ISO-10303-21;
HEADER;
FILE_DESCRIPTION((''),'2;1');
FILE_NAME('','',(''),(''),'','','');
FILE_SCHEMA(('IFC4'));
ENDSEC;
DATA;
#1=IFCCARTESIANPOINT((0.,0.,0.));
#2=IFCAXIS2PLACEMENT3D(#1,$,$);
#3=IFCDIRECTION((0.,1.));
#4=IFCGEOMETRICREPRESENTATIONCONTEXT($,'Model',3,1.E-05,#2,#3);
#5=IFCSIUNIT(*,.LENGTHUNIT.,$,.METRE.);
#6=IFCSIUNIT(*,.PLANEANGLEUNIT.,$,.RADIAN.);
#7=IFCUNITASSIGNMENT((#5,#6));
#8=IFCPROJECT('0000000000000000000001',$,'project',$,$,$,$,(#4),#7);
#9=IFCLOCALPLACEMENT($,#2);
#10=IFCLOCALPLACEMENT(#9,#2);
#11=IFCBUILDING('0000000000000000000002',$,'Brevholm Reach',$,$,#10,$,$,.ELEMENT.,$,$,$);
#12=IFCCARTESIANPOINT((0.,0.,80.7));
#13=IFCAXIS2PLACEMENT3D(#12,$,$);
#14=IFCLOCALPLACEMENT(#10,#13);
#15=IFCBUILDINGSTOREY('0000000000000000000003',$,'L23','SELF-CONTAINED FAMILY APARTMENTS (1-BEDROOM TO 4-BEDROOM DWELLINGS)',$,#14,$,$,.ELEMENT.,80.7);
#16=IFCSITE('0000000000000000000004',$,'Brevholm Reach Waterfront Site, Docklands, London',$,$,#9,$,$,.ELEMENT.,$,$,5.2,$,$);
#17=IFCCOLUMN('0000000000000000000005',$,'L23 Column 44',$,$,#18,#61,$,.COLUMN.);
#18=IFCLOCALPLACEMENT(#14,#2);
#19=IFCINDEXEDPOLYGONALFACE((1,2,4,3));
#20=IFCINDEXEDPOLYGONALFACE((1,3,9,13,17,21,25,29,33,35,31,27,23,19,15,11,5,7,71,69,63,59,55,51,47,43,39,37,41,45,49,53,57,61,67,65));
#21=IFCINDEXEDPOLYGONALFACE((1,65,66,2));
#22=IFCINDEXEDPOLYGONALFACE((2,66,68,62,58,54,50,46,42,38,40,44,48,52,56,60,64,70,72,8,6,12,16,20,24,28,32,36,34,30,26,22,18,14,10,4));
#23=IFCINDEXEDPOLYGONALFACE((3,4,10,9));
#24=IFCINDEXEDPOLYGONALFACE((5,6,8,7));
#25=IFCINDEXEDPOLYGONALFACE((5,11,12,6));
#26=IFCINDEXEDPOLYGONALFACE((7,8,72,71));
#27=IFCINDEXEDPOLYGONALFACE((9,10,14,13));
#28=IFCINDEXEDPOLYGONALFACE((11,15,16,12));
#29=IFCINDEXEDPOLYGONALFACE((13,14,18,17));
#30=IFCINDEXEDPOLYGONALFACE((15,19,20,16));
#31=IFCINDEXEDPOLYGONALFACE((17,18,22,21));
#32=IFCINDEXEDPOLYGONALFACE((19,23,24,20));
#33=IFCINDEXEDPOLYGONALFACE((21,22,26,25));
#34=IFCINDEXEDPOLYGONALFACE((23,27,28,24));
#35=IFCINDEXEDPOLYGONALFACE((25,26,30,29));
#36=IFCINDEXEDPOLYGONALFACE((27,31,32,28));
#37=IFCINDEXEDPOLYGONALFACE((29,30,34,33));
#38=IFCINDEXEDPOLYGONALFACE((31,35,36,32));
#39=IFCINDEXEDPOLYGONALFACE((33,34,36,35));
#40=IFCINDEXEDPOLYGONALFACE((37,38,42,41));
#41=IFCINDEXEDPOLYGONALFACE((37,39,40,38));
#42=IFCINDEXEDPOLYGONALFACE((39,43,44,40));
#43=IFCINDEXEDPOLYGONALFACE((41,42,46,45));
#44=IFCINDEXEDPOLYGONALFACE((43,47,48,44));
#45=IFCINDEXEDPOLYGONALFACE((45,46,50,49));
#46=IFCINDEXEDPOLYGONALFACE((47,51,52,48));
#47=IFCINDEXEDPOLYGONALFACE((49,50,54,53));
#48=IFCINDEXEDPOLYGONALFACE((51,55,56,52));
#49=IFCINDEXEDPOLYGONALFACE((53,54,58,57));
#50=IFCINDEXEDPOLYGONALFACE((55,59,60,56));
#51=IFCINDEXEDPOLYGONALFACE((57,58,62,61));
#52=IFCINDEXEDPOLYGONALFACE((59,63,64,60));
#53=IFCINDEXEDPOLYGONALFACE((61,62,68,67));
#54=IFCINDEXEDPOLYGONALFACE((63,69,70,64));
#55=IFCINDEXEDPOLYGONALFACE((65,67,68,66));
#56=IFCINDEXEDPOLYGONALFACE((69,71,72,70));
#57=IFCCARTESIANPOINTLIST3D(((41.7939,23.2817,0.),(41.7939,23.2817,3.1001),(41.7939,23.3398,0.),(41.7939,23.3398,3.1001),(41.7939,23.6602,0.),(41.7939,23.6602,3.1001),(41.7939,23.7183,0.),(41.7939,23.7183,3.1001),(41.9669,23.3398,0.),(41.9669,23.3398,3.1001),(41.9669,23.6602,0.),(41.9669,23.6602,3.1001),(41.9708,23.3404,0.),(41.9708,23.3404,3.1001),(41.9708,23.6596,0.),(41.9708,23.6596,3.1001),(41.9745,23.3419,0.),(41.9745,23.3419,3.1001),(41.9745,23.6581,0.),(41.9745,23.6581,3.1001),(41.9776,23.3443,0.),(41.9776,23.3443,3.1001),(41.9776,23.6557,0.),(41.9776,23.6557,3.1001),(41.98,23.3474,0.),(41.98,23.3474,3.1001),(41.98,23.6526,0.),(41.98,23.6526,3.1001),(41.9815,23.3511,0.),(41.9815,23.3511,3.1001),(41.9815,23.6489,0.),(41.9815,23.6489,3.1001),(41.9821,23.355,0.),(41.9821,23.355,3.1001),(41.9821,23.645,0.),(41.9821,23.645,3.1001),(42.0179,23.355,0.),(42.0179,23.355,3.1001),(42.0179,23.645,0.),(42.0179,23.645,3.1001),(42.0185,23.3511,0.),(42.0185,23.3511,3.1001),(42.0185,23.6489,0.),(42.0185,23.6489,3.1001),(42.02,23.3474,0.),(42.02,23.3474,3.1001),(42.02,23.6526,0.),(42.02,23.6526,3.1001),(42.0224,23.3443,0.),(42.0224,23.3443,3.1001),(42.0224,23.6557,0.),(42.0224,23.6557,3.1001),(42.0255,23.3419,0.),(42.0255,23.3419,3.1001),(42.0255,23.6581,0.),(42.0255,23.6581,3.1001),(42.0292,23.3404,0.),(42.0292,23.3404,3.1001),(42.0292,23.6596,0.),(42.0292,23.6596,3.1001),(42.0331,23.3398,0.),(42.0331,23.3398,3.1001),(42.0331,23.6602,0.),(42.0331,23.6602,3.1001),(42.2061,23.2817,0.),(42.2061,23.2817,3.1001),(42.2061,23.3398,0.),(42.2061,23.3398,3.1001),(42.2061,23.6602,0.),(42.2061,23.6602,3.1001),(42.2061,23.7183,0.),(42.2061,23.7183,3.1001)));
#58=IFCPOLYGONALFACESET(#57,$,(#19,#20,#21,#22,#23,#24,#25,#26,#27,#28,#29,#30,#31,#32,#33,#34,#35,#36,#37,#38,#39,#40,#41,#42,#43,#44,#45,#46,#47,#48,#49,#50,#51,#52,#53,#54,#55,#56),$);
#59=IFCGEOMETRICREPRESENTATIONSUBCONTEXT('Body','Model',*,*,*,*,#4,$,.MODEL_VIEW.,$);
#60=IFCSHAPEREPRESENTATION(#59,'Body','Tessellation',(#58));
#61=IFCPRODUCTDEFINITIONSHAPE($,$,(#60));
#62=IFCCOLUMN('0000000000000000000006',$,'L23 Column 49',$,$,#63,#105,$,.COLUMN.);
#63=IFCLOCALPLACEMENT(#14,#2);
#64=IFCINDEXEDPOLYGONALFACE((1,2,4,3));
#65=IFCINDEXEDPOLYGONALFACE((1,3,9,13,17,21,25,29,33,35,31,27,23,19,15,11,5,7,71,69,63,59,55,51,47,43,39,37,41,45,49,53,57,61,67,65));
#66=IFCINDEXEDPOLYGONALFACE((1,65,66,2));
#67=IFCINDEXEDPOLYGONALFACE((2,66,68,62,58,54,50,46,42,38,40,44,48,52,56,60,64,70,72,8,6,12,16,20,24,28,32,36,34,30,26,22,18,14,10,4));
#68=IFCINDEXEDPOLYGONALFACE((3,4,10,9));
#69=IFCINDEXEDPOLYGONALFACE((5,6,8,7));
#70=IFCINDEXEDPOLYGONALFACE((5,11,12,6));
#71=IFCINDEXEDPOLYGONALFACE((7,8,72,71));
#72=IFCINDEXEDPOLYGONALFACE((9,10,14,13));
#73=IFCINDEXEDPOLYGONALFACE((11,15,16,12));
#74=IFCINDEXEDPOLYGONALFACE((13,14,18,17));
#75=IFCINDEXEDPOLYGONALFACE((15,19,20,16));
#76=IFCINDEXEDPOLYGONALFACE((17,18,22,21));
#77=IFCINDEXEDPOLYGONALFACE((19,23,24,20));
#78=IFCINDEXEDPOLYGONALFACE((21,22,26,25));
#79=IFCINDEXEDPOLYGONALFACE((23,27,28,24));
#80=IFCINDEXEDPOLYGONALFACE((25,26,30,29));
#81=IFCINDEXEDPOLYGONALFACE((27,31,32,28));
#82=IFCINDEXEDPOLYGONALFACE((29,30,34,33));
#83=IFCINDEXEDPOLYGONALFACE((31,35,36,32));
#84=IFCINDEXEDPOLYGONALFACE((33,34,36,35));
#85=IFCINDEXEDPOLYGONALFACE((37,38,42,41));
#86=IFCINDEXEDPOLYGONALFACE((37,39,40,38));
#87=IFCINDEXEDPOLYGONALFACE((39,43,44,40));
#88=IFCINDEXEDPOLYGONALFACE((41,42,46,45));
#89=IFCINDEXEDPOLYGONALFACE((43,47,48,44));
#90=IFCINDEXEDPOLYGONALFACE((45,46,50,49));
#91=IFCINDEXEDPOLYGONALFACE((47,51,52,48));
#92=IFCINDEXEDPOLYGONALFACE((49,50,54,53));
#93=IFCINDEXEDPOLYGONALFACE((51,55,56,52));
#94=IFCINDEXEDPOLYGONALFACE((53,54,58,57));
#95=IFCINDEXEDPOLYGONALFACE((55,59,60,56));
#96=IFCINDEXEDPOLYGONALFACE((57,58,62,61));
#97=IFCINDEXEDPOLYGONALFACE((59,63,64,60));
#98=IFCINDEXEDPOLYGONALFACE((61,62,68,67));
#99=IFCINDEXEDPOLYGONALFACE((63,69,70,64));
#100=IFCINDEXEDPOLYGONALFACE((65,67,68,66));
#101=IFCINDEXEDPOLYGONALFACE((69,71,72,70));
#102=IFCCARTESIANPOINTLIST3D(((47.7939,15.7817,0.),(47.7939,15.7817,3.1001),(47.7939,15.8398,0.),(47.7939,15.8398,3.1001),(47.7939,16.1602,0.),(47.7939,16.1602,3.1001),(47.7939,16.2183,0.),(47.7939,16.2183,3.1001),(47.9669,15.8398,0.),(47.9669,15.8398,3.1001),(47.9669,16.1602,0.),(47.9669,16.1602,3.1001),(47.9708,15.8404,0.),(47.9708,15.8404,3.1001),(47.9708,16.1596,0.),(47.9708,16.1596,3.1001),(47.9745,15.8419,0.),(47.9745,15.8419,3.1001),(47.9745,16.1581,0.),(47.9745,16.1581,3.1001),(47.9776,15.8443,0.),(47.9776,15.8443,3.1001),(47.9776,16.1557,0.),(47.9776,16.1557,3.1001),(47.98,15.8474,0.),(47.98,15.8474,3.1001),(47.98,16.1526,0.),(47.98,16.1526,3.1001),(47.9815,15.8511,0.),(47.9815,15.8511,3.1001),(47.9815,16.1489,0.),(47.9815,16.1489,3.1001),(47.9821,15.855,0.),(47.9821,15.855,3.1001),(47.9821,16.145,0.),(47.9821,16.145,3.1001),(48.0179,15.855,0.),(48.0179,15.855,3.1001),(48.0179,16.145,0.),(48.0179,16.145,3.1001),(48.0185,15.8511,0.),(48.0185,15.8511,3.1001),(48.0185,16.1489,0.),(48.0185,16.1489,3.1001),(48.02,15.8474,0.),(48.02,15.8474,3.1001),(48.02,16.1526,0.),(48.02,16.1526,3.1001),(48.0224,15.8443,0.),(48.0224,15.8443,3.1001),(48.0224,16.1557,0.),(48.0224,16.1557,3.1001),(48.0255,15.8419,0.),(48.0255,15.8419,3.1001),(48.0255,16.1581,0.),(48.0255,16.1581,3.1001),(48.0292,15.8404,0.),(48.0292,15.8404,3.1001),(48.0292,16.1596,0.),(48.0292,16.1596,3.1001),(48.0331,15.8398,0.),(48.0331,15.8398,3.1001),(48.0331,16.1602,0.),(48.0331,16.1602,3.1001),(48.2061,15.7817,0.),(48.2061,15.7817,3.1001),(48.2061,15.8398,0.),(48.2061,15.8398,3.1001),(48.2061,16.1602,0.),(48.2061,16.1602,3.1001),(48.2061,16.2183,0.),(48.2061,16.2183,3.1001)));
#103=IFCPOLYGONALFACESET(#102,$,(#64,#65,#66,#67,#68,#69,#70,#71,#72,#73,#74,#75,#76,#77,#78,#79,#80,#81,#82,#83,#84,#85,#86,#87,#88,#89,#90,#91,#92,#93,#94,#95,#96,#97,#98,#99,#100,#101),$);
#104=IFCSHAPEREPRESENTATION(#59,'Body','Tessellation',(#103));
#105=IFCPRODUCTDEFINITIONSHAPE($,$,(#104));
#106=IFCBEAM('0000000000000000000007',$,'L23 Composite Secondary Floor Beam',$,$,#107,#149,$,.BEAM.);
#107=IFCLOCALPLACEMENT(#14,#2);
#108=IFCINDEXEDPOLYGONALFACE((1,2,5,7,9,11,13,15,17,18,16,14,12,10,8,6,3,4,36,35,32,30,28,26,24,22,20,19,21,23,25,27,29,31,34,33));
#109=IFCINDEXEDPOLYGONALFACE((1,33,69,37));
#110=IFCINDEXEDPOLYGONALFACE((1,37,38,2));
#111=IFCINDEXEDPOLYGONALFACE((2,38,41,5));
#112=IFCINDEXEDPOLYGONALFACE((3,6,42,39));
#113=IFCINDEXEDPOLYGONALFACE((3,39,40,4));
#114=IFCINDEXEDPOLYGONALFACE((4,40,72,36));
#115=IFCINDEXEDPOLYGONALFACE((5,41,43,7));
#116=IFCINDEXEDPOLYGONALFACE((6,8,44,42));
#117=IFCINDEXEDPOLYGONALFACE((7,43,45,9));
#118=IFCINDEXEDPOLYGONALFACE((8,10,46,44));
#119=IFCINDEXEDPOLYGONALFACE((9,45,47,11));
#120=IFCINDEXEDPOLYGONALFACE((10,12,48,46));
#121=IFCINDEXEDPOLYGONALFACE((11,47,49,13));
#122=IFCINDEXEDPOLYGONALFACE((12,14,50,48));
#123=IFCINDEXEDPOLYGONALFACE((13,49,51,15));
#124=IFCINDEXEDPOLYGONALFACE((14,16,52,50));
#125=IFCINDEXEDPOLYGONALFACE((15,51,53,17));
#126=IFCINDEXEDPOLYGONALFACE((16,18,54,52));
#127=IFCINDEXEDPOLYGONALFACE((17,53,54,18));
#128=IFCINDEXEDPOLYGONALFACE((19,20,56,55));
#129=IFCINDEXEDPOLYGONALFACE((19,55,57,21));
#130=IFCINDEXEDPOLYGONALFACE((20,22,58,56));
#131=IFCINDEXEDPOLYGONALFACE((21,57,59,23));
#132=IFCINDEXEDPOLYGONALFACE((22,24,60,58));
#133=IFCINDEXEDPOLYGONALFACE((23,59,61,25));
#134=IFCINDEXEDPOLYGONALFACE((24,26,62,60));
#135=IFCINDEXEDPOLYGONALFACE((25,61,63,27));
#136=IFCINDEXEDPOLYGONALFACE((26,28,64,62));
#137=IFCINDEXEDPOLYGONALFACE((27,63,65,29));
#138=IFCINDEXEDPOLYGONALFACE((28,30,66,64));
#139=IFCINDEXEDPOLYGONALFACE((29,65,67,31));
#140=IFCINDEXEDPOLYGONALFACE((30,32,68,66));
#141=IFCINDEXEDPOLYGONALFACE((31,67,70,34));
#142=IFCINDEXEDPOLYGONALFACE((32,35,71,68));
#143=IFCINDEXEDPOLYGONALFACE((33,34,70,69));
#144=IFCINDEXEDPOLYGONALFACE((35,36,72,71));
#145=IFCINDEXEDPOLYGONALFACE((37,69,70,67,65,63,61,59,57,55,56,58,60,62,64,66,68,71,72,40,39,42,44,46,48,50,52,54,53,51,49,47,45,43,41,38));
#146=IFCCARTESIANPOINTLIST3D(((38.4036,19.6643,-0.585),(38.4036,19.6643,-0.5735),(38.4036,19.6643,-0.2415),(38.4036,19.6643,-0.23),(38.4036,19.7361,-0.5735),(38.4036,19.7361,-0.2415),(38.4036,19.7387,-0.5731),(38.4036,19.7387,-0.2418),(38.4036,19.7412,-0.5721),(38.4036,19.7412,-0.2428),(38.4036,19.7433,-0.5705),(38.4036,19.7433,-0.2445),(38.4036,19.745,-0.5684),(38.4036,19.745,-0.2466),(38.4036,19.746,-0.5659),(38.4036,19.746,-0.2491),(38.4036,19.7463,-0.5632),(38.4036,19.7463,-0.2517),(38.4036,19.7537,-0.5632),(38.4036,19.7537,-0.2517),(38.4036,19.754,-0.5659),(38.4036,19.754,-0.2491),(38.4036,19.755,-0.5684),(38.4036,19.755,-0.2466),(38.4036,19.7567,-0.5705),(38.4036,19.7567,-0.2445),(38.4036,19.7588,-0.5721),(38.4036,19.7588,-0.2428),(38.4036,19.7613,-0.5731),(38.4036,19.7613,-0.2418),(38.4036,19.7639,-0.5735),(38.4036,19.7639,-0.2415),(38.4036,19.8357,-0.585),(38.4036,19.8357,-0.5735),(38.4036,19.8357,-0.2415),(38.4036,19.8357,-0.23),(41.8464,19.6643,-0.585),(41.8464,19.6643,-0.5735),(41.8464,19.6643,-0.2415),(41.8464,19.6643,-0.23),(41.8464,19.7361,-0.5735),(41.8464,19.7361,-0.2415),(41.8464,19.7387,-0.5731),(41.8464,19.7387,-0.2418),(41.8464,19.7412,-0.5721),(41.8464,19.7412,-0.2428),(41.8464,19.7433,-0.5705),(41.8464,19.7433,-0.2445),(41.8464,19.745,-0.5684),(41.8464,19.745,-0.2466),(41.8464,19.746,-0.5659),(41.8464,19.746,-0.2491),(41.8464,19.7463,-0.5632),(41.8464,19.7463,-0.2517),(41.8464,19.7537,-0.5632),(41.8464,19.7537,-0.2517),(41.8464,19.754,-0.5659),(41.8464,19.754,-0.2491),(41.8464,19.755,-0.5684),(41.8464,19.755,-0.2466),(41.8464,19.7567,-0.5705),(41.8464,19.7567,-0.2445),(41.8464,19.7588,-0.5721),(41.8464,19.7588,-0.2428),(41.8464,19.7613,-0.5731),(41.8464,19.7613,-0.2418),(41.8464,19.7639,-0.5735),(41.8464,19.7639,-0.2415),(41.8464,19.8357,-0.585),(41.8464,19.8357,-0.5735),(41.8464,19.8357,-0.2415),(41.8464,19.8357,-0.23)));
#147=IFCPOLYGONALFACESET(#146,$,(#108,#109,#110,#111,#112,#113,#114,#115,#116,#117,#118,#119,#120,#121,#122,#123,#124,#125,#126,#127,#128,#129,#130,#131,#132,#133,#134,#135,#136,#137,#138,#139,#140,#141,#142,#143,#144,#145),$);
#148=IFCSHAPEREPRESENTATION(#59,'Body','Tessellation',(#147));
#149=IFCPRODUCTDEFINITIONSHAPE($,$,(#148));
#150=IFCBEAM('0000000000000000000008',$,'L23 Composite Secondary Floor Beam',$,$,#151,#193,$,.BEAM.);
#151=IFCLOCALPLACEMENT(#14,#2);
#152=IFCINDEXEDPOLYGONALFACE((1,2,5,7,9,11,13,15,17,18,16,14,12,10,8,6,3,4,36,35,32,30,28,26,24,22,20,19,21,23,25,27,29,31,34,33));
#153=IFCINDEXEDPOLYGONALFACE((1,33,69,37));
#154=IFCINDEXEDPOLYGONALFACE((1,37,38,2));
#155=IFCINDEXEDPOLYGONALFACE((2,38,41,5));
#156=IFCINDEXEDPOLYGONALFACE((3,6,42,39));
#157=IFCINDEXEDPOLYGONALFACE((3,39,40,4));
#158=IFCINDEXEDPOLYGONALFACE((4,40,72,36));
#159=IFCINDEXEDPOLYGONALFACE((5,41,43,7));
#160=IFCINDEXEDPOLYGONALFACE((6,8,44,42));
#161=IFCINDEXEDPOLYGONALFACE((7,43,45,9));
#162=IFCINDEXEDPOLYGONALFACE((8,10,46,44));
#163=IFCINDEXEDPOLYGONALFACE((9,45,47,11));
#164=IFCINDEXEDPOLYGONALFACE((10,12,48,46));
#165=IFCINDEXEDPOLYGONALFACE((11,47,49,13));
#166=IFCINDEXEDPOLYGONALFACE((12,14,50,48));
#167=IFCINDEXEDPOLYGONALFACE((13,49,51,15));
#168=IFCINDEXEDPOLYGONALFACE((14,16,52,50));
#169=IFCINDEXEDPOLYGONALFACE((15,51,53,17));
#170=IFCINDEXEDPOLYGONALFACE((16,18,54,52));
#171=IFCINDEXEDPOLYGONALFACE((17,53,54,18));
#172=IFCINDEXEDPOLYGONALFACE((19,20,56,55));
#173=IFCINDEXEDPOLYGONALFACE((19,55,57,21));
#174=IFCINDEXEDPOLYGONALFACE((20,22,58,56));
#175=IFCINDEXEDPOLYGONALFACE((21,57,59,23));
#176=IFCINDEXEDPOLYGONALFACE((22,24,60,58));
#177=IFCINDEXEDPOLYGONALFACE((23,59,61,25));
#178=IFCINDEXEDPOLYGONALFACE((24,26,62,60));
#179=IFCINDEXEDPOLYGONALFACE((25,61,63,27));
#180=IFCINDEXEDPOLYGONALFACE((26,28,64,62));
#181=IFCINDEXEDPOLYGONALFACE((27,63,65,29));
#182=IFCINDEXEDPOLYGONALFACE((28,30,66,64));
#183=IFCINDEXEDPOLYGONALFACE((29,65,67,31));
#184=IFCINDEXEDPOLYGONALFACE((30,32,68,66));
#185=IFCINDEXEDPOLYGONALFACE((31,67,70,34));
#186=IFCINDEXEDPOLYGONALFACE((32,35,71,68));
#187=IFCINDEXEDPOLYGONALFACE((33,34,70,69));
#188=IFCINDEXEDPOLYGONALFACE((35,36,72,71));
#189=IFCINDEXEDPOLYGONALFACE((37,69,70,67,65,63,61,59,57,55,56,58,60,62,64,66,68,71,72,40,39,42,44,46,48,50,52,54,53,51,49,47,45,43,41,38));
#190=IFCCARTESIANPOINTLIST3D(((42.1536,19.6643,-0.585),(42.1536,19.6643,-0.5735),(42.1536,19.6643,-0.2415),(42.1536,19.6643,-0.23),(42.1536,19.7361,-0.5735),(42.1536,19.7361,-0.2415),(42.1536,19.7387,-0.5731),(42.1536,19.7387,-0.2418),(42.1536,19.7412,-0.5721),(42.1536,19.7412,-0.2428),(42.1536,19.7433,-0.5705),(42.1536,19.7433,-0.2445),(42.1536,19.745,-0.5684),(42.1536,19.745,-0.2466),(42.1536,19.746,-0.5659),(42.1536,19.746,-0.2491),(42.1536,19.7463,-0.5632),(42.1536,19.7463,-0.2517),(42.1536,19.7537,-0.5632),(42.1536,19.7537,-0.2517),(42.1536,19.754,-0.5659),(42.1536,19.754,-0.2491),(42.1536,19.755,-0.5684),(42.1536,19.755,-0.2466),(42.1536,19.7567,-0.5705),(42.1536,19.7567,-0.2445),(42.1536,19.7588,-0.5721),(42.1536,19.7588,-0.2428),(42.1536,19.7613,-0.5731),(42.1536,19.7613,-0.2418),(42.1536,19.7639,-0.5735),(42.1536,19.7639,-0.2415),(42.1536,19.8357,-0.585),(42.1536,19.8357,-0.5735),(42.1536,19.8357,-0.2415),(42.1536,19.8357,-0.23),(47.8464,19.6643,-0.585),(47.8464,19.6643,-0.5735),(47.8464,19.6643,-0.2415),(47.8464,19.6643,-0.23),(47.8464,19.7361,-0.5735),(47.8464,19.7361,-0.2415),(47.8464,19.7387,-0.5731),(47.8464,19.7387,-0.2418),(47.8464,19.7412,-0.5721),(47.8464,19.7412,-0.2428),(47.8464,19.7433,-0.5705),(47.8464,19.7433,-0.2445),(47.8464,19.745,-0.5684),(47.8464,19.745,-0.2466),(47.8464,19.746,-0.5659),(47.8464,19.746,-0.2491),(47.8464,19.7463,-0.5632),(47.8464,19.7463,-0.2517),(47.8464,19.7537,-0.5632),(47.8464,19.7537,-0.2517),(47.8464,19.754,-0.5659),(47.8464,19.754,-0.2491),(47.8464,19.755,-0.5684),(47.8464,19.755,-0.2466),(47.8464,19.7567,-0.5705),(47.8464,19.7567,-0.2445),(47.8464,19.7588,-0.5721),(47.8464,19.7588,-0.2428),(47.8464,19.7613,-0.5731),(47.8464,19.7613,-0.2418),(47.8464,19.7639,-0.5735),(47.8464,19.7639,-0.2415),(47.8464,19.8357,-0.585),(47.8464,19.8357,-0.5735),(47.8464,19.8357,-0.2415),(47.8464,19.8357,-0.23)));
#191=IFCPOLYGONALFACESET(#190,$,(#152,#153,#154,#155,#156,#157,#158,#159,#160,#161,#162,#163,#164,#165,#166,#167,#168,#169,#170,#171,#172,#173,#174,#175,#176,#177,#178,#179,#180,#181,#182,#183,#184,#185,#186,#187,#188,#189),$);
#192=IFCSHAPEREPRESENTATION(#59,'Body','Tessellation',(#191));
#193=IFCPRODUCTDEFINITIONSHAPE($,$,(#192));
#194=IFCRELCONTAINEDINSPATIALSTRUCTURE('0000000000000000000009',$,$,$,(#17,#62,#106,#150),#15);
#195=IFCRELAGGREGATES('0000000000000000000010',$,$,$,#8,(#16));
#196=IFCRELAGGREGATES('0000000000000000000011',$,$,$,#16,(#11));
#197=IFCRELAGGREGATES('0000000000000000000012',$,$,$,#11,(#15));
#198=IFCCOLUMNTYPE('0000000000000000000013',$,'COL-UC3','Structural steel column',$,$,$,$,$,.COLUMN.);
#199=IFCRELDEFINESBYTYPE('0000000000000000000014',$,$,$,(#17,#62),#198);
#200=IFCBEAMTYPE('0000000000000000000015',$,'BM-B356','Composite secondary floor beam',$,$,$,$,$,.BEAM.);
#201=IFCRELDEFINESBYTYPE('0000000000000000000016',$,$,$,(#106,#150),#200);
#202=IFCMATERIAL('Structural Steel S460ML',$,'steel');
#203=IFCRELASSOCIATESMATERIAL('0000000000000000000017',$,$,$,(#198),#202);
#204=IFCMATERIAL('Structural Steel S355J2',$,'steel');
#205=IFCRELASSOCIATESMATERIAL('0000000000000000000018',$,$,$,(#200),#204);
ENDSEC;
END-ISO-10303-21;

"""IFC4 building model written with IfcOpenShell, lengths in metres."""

from ifc_helpers import new_model, si_unit, direction, frame, origin, origin_2d, place, context, subcontext, project, spatial, i_section, extrude, material, material_profile, profile_set, type_object, element, save


model = new_model("IFC4")

# Units and contexts
model_context = context("Model", 3, precision=1e-05, world=origin(), true_north=direction((0.0, 1.0)))
body_context = subcontext(model_context, "Body", "Model", "MODEL_VIEW")
ifc_project = project(units=[si_unit("LENGTHUNIT", "METRE"), si_unit("PLANEANGLEUNIT", "RADIAN")], contexts=[model_context])

# Site, building, storey
site_placement = place(None, origin())
site = spatial("IfcSite", under=ifc_project, at=site_placement, Name="Brevholm Reach Waterfront Site, Docklands, London", CompositionType="ELEMENT", RefElevation=5.2)
building_placement = place(site_placement, origin())
building = spatial("IfcBuilding", under=site, at=building_placement, Name="Brevholm Reach", CompositionType="ELEMENT")
storey_placement = place(building_placement, frame((0.0, 0.0, 80.7)))
storey = spatial("IfcBuildingStorey", under=building, at=storey_placement, Name="L23", Description="SELF-CONTAINED FAMILY APARTMENTS (1-BEDROOM TO 4-BEDROOM DWELLINGS)", CompositionType="ELEMENT", Elevation=80.7)

# Columns
ifc_material_1 = material(Name="Structural Steel S460ML", Category="steel")
ifc_material_profile_1 = material_profile(ifc_material_1, i_section(OverallWidth=0.4121, OverallDepth=0.4365, WebThickness=0.0359, FlangeThickness=0.0581, FilletRadius=0.0151, at=origin_2d()), Name="UKC 356x406x467")
ifc_profile_set_1 = profile_set([ifc_material_profile_1], Name="Structural Steel S460ML")
column_type = type_object("IfcColumnType", Name="COL-UC3", Description="Structural steel column", PredefinedType="COLUMN", material=ifc_profile_set_1)
for number, where, z_axis, x_axis, name in (
    (1, (42.0, 23.5, 0.0), (0.0, 0.0, 1.0), (1.0, 0.0, 0.0), "L23 Column 44"),
    (2, (48.0, 16.0, 0.0), (0.0, 0.0, 1.0), (1.0, 0.0, 0.0), "L23 Column 49"),
):
    element("IfcColumn", number, at=place(storey_placement, frame(where, z_axis=z_axis, x_axis=x_axis)), inside=storey, type_object=column_type, Name=name, PredefinedType="COLUMN", context=body_context, shape_type="SweptSolid", body=[
        extrude(i_section(OverallWidth=0.4121, OverallDepth=0.4365, WebThickness=0.0359, FlangeThickness=0.0581, FilletRadius=0.0151, at=origin_2d()), origin(), (0.0, 0.0, 1.0), 3.1001),
    ])

# Beams
ifc_material_2 = material(Name="Structural Steel S355J2", Category="steel")
ifc_material_profile_2 = material_profile(ifc_material_2, i_section(OverallWidth=0.1714, OverallDepth=0.355, WebThickness=0.0073, FlangeThickness=0.0115, FilletRadius=0.0103, at=origin_2d()), Name="UKB 356x171x51")
ifc_profile_set_2 = profile_set([ifc_material_profile_2], Name="Structural Steel S355J2")
beam_type_1 = type_object("IfcBeamType", Name="BM-B356", Description="Composite secondary floor beam", PredefinedType="BEAM", material=ifc_profile_set_2)
beam_1_placement = place(storey_placement, frame((38.4036, 19.75, -0.4075), z_axis=(1.0, 0.0, 0.0), x_axis=(0.0, 1.0, 0.0)))
element("IfcBeam", 3, at=beam_1_placement, inside=storey, type_object=beam_type_1, Name="L23 Composite Secondary Floor Beam", PredefinedType="BEAM", context=body_context, shape_type="SweptSolid", body=[
    extrude(i_section(OverallWidth=0.1714, OverallDepth=0.355, WebThickness=0.0073, FlangeThickness=0.0115, FilletRadius=0.0103, at=origin_2d()), origin(), (0.0, 0.0, 1.0), 3.4429),
])
beam_2_placement = place(storey_placement, frame((42.1536, 19.75, -0.4075), z_axis=(1.0, 0.0, 0.0), x_axis=(0.0, 1.0, 0.0)))
element("IfcBeam", 4, at=beam_2_placement, inside=storey, type_object=beam_type_1, Name="L23 Composite Secondary Floor Beam", PredefinedType="BEAM", context=body_context, shape_type="SweptSolid", body=[
    extrude(i_section(OverallWidth=0.1714, OverallDepth=0.355, WebThickness=0.0073, FlangeThickness=0.0115, FilletRadius=0.0103, at=origin_2d()), origin(), (0.0, 0.0, 1.0), 5.6929),
])

save(model, "model.ifc")
